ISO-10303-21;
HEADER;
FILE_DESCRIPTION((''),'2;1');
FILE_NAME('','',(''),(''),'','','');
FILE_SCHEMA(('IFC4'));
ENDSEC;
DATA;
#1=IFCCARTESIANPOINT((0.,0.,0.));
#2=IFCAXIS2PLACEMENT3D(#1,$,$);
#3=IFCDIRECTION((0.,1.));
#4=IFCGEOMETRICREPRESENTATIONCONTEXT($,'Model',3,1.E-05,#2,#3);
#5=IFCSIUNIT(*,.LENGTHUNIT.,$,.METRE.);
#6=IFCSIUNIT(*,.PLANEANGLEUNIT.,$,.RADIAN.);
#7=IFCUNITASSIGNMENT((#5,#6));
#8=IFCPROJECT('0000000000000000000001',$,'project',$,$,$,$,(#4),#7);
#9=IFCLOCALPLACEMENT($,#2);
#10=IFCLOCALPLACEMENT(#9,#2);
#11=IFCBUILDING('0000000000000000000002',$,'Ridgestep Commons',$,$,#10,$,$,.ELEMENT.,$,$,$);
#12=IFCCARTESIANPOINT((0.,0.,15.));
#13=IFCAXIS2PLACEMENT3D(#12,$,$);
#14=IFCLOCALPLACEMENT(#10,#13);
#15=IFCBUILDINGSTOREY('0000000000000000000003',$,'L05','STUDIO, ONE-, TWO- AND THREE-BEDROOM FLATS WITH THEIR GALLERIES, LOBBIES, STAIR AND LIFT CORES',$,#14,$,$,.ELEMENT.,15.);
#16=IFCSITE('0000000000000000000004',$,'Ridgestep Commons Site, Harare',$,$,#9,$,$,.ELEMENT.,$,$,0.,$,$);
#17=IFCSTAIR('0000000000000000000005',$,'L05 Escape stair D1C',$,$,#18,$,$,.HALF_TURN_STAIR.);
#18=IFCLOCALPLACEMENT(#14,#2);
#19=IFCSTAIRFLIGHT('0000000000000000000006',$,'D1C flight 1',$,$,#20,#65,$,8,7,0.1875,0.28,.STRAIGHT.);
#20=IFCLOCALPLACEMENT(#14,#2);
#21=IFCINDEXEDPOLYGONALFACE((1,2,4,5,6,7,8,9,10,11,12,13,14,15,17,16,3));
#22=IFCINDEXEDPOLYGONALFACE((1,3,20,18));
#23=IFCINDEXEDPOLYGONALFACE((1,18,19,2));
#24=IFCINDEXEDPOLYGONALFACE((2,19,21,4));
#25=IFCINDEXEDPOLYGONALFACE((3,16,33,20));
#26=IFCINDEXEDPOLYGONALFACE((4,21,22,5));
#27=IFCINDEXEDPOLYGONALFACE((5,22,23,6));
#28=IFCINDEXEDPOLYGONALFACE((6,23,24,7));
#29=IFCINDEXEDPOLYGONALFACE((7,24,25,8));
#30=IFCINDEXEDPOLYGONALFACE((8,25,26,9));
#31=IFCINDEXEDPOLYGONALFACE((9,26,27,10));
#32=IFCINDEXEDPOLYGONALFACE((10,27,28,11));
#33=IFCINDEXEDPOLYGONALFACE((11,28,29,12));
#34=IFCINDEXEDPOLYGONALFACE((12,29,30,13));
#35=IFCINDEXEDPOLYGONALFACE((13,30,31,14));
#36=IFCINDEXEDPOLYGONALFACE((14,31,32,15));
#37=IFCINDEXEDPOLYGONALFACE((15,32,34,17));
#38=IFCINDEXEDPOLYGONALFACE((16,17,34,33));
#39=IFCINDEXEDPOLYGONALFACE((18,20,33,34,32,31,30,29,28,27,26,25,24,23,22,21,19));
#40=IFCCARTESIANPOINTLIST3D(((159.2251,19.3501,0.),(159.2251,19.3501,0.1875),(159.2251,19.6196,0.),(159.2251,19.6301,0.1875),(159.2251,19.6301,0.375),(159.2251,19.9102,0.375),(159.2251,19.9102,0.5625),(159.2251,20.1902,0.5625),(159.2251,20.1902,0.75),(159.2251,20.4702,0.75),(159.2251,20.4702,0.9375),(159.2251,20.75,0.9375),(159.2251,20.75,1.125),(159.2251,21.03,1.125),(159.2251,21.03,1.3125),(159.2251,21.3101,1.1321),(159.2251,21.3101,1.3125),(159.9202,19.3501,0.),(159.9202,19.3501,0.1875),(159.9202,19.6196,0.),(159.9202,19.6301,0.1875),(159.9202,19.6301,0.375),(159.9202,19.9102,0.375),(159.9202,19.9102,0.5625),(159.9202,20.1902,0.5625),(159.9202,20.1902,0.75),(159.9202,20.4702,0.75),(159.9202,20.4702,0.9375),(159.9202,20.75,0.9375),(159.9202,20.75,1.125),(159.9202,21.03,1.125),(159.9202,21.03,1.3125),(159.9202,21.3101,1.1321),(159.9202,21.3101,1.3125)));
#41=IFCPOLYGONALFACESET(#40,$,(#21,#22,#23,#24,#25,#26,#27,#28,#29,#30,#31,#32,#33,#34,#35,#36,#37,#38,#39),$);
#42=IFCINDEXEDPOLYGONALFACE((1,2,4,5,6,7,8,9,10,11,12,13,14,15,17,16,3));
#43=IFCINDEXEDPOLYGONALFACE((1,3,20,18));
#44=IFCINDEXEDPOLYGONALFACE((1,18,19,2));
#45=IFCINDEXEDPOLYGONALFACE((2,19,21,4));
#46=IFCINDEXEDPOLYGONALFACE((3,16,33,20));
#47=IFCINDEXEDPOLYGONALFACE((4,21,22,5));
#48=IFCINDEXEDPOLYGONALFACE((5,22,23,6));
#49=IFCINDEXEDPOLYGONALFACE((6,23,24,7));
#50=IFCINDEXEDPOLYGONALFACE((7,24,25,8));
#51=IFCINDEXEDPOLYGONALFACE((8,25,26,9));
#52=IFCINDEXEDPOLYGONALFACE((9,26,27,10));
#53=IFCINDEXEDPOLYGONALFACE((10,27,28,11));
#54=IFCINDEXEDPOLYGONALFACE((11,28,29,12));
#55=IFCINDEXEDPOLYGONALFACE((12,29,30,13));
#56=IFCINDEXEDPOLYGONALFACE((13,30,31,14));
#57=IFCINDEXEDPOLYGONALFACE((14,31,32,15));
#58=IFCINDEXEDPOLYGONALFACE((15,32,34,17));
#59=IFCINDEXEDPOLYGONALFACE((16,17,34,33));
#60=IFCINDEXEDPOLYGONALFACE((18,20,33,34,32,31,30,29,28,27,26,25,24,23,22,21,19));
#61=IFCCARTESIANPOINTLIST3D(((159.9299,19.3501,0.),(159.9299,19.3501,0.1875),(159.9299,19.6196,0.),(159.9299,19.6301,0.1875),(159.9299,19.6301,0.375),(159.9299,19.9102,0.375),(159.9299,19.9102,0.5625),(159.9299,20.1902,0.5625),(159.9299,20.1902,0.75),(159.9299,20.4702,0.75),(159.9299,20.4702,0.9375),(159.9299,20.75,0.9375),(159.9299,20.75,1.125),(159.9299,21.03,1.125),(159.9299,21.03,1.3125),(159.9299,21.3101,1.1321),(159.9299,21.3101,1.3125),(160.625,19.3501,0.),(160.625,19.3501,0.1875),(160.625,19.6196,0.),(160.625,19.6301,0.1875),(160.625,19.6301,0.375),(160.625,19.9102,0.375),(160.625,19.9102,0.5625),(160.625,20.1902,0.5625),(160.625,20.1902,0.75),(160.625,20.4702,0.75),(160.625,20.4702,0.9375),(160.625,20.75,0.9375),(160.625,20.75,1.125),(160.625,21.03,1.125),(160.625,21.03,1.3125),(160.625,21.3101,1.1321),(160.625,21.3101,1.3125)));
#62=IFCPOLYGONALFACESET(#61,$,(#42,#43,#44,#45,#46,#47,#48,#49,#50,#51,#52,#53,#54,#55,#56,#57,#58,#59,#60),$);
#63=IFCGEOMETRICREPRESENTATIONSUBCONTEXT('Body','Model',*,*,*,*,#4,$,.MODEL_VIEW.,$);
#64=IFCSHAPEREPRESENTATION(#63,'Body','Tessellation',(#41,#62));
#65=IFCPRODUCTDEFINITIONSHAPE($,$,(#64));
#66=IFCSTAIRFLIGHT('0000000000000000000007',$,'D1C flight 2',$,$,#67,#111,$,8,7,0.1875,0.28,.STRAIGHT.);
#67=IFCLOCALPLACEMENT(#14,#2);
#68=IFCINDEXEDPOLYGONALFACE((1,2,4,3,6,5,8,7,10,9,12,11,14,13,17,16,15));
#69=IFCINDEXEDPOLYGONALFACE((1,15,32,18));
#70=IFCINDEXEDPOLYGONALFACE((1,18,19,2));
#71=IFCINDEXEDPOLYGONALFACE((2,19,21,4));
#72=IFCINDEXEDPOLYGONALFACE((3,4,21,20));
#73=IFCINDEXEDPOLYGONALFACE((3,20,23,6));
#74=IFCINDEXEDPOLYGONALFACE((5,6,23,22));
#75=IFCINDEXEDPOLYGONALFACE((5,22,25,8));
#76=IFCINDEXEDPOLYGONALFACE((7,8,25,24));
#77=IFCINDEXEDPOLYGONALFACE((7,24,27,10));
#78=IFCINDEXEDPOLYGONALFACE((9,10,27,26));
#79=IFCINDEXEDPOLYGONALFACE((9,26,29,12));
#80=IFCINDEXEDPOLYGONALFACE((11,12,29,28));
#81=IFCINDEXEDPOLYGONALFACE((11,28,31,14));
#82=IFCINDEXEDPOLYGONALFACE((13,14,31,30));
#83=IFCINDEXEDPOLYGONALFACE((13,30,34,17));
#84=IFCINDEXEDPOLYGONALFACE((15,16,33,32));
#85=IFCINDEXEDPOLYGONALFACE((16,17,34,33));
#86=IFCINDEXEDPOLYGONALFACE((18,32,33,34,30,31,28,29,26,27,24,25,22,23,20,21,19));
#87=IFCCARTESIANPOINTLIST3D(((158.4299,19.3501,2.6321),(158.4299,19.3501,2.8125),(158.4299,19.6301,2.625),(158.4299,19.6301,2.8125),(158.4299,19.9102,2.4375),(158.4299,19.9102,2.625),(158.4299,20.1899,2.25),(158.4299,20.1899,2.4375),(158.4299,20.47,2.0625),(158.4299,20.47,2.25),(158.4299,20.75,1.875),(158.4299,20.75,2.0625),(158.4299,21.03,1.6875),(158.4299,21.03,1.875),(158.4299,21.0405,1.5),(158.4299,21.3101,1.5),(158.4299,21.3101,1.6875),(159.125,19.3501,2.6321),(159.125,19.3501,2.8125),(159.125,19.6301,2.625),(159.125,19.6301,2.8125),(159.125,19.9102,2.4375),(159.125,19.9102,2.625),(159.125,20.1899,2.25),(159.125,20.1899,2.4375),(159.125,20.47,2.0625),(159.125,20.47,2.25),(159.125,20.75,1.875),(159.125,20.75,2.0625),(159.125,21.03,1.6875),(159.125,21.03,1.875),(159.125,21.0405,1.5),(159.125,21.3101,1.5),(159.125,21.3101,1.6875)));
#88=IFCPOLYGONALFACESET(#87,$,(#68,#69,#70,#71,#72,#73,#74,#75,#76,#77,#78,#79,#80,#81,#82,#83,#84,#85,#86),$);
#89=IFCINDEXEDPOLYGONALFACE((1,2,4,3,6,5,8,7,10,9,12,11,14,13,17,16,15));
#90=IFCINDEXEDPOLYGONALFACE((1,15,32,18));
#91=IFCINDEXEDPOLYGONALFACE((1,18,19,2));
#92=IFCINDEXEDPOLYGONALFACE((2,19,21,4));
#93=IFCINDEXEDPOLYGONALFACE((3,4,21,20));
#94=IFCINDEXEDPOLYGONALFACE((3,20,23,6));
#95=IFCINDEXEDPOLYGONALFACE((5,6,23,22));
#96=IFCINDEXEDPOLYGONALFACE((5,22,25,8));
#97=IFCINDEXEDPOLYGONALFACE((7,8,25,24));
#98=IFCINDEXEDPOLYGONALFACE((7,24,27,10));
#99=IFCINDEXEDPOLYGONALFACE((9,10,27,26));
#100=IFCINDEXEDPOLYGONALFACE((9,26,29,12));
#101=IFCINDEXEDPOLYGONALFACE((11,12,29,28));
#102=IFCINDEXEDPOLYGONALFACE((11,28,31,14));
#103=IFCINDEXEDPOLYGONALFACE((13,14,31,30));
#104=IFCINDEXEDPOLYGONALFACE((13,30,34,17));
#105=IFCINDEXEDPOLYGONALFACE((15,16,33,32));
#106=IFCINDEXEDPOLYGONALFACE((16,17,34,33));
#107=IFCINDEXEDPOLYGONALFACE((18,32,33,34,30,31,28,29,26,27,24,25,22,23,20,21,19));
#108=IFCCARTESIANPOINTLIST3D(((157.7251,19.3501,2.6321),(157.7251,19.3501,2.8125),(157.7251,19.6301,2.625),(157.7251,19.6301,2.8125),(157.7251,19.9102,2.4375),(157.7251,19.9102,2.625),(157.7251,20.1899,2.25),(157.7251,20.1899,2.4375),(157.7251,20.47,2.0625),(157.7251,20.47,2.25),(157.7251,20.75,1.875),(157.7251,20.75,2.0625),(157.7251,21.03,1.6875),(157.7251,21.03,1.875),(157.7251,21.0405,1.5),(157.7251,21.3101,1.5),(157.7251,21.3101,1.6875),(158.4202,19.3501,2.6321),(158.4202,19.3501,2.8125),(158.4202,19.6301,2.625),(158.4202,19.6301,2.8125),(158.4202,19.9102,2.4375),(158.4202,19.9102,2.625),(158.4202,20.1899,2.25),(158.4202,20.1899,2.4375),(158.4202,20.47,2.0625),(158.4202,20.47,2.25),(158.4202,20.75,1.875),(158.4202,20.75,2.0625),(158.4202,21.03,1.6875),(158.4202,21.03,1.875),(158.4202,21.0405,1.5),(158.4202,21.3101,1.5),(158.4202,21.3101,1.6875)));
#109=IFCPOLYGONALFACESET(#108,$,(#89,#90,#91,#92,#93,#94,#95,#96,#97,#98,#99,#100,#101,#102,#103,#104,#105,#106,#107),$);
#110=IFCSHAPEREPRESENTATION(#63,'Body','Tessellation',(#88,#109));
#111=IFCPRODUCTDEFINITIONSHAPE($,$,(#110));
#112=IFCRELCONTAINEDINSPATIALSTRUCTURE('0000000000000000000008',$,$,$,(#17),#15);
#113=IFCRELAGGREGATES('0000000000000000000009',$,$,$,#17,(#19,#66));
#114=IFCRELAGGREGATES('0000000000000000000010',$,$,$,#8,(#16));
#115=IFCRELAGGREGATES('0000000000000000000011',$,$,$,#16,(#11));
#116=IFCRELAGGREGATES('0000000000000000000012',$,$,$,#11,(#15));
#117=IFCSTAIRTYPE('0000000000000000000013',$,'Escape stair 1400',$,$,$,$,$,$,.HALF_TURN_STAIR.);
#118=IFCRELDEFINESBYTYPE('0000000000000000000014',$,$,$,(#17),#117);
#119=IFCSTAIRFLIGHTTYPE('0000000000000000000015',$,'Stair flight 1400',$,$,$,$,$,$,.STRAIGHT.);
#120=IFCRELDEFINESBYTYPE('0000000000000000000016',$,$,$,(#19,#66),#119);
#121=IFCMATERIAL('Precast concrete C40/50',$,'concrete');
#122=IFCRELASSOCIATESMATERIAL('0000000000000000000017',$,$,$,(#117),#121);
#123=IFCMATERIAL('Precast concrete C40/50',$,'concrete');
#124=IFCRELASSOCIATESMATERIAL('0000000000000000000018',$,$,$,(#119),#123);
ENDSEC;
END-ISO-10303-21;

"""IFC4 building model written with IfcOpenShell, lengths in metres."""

from ifc_helpers import new_model, si_unit, direction, frame, origin, place, context, subcontext, project, spatial, polyline, outline, extrude, material, type_object, element, aggregate, save


model = new_model("IFC4")

# Units and contexts
model_context = context("Model", 3, precision=1e-05, world=origin(), true_north=direction((0.0, 1.0)))
body_context = subcontext(model_context, "Body", "Model", "MODEL_VIEW")
ifc_project = project(units=[si_unit("LENGTHUNIT", "METRE"), si_unit("PLANEANGLEUNIT", "RADIAN")], contexts=[model_context])

# Site, building, storey
site_placement = place(None, origin())
site = spatial("IfcSite", under=ifc_project, at=site_placement, Name="Ridgestep Commons Site, Harare", CompositionType="ELEMENT", RefElevation=0.0)
building_placement = place(site_placement, origin())
building = spatial("IfcBuilding", under=site, at=building_placement, Name="Ridgestep Commons", CompositionType="ELEMENT")
storey_placement = place(building_placement, frame((0.0, 0.0, 15.0)))
storey = spatial("IfcBuildingStorey", under=building, at=storey_placement, Name="L05", Description="STUDIO, ONE-, TWO- AND THREE-BEDROOM FLATS WITH THEIR GALLERIES, LOBBIES, STAIR AND LIFT CORES", CompositionType="ELEMENT", Elevation=15.0)

# Stair, stair flights
ifc_material_1 = material(Name="Precast concrete C40/50", Category="concrete")
stair_type = type_object("IfcStairType", Name="Escape stair 1400", PredefinedType="HALF_TURN_STAIR", material=ifc_material_1)
stair_placement = place(storey_placement, origin())
stair = element("IfcStair", 1, at=stair_placement, inside=storey, type_object=stair_type, Name="L05 Escape stair D1C", PredefinedType="HALF_TURN_STAIR")
ifc_material_2 = material(Name="Precast concrete C40/50", Category="concrete")
stair_flight_type = type_object("IfcStairFlightType", Name="Stair flight 1400", PredefinedType="STRAIGHT", material=ifc_material_2)
stair_flight_1_placement = place(storey_placement, frame((159.925, 19.3501, 0.0), z_axis=(0.0, 0.0, 1.0), x_axis=(0.0, 1.0, 0.0)))
stair_flight_1 = element("IfcStairFlight", 2, at=stair_flight_1_placement, type_object=stair_flight_type, Name="D1C flight 1", NumberOfRisers=8, NumberOfTreads=7, PredefinedType="STRAIGHT", RiserHeight=0.1875, TreadLength=0.28, context=body_context, shape_type="SweptSolid", body=[
    extrude(outline(polyline([(0.0, 0.0), (0.0, 0.1875), (0.28, 0.1875), (0.28, 0.375), (0.5601, 0.375), (0.5601, 0.5625), (0.8401, 0.5625), (0.8401, 0.75), (1.1201, 0.75), (1.1201, 0.9375), (1.3999, 0.9375), (1.3999, 1.125), (1.6799, 1.125), (1.6799, 1.3125), (1.96, 1.3125), (1.96, 1.5), (1.96, 1.1321), (0.2695, 0.0), (0.0, 0.0)])), frame((0.0, 0.7, 0.0), z_axis=(0.0, -1.0, 0.0), x_axis=(1.0, 0.0, 0.0)), (0.0, 0.0, 1.0), 0.6951),
    extrude(outline(polyline([(0.0, 0.0), (0.0, 0.1875), (0.28, 0.1875), (0.28, 0.375), (0.5601, 0.375), (0.5601, 0.5625), (0.8401, 0.5625), (0.8401, 0.75), (1.1201, 0.75), (1.1201, 0.9375), (1.3999, 0.9375), (1.3999, 1.125), (1.6799, 1.125), (1.6799, 1.3125), (1.96, 1.3125), (1.96, 1.5), (1.96, 1.1321), (0.2695, 0.0), (0.0, 0.0)])), frame((0.0, -0.0049, 0.0), z_axis=(0.0, -1.0, 0.0), x_axis=(1.0, 0.0, 0.0)), (0.0, 0.0, 1.0), 0.6951),
])
stair_flight_2_placement = place(storey_placement, frame((158.425, 21.3101, 1.5), z_axis=(0.0, 0.0, 1.0), x_axis=(0.0, -1.0, 0.0)))
stair_flight_2 = element("IfcStairFlight", 3, at=stair_flight_2_placement, type_object=stair_flight_type, Name="D1C flight 2", NumberOfRisers=8, NumberOfTreads=7, PredefinedType="STRAIGHT", RiserHeight=0.1875, TreadLength=0.28, context=body_context, shape_type="SweptSolid", body=[
    extrude(outline(polyline([(0.0, 0.0), (0.0, 0.1875), (0.28, 0.1875), (0.28, 0.375), (0.5601, 0.375), (0.5601, 0.5625), (0.8401, 0.5625), (0.8401, 0.75), (1.1201, 0.75), (1.1201, 0.9375), (1.3999, 0.9375), (1.3999, 1.125), (1.6799, 1.125), (1.6799, 1.3125), (1.96, 1.3125), (1.96, 1.5), (1.96, 1.1321), (0.2695, 0.0), (0.0, 0.0)])), frame((0.0, 0.7, 0.0), z_axis=(0.0, -1.0, 0.0), x_axis=(1.0, 0.0, 0.0)), (0.0, 0.0, 1.0), 0.6951),
    extrude(outline(polyline([(0.0, 0.0), (0.0, 0.1875), (0.28, 0.1875), (0.28, 0.375), (0.5601, 0.375), (0.5601, 0.5625), (0.8401, 0.5625), (0.8401, 0.75), (1.1201, 0.75), (1.1201, 0.9375), (1.3999, 0.9375), (1.3999, 1.125), (1.6799, 1.125), (1.6799, 1.3125), (1.96, 1.3125), (1.96, 1.5), (1.96, 1.1321), (0.2695, 0.0), (0.0, 0.0)])), frame((0.0, -0.0049, 0.0), z_axis=(0.0, -1.0, 0.0), x_axis=(1.0, 0.0, 0.0)), (0.0, 0.0, 1.0), 0.6951),
])
aggregate(stair, [stair_flight_1, stair_flight_2])

save(model, "model.ifc")
